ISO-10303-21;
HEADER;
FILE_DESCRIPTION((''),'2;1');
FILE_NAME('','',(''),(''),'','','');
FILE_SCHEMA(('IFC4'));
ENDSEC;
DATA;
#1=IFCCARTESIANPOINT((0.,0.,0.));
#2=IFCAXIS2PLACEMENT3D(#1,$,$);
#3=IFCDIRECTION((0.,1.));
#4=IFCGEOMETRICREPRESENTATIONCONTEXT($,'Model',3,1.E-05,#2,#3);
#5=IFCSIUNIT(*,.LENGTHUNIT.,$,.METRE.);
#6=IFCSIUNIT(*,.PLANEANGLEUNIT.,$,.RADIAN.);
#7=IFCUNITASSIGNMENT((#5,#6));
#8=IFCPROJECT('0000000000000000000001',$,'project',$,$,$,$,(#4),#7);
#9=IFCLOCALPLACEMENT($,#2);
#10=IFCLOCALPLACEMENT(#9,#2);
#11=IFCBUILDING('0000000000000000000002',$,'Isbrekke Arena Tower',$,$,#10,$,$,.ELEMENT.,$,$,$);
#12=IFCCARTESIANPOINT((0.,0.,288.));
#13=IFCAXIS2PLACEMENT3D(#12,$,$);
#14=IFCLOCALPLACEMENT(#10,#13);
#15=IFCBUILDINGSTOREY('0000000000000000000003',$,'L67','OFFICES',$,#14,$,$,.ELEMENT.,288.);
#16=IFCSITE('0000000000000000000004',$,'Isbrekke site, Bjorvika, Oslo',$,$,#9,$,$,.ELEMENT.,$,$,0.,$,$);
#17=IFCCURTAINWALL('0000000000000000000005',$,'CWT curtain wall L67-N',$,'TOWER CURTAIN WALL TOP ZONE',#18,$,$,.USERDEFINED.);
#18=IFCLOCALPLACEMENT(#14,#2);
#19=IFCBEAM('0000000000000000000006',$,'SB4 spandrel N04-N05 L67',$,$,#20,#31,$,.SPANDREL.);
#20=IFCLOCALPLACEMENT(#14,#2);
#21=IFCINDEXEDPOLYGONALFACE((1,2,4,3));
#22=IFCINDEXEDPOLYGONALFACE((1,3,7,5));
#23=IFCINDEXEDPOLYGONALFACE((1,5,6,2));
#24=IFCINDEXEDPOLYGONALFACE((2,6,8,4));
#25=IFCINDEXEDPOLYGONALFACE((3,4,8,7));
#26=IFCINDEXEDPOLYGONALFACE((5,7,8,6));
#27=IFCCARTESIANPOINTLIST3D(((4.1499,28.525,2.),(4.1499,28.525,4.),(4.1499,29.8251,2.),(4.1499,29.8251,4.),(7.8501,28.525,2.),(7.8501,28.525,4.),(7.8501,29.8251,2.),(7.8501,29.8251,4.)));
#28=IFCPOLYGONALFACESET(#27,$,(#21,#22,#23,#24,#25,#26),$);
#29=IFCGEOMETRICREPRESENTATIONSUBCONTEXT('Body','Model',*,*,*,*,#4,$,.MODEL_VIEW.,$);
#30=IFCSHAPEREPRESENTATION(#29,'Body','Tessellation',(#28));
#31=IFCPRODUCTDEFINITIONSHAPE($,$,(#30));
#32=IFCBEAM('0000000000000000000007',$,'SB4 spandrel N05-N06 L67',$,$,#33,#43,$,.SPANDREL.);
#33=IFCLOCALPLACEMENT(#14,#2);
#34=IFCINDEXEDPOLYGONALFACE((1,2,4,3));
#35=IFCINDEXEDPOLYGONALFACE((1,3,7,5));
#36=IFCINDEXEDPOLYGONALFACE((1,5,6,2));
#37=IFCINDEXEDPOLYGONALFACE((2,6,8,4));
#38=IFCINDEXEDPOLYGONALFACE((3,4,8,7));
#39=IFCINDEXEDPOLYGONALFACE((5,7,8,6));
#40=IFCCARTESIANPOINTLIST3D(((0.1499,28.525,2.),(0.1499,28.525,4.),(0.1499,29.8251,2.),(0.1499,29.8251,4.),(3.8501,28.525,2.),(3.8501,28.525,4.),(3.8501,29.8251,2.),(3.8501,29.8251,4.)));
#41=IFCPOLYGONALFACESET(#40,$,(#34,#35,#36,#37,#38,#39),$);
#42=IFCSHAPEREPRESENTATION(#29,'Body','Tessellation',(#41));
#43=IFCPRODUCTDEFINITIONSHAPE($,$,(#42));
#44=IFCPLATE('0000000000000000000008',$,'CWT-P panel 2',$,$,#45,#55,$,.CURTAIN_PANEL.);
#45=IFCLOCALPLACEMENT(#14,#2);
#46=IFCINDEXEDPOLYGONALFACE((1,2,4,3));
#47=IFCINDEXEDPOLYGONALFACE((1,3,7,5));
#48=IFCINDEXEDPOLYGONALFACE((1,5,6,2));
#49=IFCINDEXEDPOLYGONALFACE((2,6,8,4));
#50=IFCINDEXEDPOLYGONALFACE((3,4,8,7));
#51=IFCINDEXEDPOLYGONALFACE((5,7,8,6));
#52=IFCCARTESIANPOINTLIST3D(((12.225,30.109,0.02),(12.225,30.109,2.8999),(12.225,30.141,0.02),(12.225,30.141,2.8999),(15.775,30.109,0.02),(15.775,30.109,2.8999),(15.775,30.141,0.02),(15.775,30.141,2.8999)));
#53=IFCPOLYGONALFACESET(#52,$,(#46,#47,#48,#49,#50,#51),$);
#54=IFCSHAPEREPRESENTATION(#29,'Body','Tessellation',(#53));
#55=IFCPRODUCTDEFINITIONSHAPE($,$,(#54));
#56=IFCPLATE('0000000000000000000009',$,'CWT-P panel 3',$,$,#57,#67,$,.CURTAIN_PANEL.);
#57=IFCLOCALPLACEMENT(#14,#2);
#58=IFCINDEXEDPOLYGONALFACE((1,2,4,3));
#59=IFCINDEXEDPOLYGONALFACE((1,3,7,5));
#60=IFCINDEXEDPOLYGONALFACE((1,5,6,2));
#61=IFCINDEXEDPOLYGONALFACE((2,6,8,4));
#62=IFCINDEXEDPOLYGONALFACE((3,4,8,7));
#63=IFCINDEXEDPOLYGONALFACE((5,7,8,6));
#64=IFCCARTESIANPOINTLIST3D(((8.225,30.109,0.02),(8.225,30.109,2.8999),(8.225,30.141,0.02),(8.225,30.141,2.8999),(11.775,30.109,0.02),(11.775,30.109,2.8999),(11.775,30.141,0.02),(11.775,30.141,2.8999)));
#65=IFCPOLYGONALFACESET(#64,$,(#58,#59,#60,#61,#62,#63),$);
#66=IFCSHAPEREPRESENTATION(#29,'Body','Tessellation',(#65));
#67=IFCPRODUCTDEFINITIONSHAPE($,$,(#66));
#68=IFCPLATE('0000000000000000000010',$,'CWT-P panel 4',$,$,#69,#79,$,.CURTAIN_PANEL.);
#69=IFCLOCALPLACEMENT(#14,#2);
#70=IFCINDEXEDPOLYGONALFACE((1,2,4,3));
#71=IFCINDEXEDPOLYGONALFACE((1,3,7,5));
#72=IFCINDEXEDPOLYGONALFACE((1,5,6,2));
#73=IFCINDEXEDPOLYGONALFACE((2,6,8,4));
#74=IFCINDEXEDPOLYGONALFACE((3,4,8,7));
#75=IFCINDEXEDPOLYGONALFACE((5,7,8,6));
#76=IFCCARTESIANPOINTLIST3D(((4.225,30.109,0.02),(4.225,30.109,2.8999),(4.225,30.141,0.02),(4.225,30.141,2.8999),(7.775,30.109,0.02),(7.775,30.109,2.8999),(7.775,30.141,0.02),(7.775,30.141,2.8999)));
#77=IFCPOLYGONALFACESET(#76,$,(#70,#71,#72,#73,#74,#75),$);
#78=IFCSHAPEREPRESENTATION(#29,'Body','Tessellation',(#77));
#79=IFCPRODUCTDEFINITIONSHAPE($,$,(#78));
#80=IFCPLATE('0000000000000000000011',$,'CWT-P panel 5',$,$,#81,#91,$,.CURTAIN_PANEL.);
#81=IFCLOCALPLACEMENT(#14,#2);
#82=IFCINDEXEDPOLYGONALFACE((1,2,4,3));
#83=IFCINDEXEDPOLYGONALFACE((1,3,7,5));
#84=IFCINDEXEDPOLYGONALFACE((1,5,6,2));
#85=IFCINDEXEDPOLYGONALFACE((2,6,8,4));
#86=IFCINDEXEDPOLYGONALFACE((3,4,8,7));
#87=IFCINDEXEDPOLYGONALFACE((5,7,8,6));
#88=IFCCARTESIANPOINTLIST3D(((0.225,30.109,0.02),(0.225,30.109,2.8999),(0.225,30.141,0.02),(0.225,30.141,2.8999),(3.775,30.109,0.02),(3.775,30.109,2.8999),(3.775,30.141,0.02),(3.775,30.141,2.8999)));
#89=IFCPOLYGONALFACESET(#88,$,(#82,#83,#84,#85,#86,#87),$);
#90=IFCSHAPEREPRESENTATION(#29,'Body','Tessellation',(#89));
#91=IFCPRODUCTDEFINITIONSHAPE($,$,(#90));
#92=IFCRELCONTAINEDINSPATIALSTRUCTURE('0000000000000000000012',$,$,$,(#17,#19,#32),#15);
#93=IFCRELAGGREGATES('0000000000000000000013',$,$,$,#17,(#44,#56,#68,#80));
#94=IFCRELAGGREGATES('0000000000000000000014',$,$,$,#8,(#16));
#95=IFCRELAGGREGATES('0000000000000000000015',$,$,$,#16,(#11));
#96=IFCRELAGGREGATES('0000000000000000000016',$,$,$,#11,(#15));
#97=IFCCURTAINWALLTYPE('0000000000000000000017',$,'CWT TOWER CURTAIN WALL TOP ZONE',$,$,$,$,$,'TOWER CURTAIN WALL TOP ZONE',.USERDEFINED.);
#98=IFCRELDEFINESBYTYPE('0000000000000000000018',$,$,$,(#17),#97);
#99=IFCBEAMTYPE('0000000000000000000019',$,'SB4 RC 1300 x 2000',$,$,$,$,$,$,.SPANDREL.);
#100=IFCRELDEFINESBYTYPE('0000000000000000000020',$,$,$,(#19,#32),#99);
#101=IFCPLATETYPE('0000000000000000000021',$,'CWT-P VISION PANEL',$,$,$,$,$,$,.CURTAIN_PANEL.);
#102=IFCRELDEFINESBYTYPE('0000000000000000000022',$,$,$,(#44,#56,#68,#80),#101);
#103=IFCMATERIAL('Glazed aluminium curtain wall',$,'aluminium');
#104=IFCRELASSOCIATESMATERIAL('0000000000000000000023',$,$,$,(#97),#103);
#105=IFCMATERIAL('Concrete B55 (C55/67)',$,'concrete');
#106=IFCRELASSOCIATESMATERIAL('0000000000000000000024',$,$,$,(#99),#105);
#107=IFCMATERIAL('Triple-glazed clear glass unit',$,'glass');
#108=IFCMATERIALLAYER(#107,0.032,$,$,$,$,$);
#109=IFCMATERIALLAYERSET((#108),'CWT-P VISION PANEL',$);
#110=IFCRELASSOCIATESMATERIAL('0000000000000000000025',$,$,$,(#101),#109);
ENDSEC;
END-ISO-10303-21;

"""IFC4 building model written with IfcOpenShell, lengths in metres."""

from ifc_helpers import new_model, si_unit, direction, frame, origin, origin_2d, place, context, subcontext, project, spatial, rectangle, extrude, material, layer, layer_set, material_profile, profile_set, type_object, element, aggregate, save


model = new_model("IFC4")

# Units and contexts
model_context = context("Model", 3, precision=1e-05, world=origin(), true_north=direction((0.0, 1.0)))
body_context = subcontext(model_context, "Body", "Model", "MODEL_VIEW")
ifc_project = project(units=[si_unit("LENGTHUNIT", "METRE"), si_unit("PLANEANGLEUNIT", "RADIAN")], contexts=[model_context])

# Site, building, storey
site_placement = place(None, origin())
site = spatial("IfcSite", under=ifc_project, at=site_placement, Name="Isbrekke site, Bjorvika, Oslo", CompositionType="ELEMENT", RefElevation=0.0)
building_placement = place(site_placement, origin())
building = spatial("IfcBuilding", under=site, at=building_placement, Name="Isbrekke Arena Tower", CompositionType="ELEMENT")
storey_placement = place(building_placement, frame((0.0, 0.0, 288.0)))
storey = spatial("IfcBuildingStorey", under=building, at=storey_placement, Name="L67", Description="OFFICES", CompositionType="ELEMENT", Elevation=288.0)

# Curtain wall
ifc_material_1 = material(Name="Glazed aluminium curtain wall", Category="aluminium")
curtain_wall_type = type_object("IfcCurtainWallType", Name="CWT TOWER CURTAIN WALL TOP ZONE", ElementType="TOWER CURTAIN WALL TOP ZONE", PredefinedType="USERDEFINED", material=ifc_material_1)
curtain_wall_placement = place(storey_placement, origin())
curtain_wall = element("IfcCurtainWall", 1, at=curtain_wall_placement, inside=storey, type_object=curtain_wall_type, Name="CWT curtain wall L67-N", ObjectType="TOWER CURTAIN WALL TOP ZONE", PredefinedType="USERDEFINED")

# Beams
ifc_material_2 = material(Name="Concrete B55 (C55/67)", Category="concrete")
ifc_material_profile_1 = material_profile(ifc_material_2, rectangle(XDim=1.3, YDim=2.0, at=origin_2d()), Name="RC 1300x2000")
ifc_profile_set_1 = profile_set([ifc_material_profile_1], Name="Concrete B55 (C55/67)")
beam_type = type_object("IfcBeamType", Name="SB4 RC 1300 x 2000", PredefinedType="SPANDREL", material=ifc_profile_set_1)
for number, where, z_axis, x_axis, name in (
    (2, (7.8501, 29.175, 3.0), (-1.0, 0.0, 0.0), (0.0, -1.0, 0.0), "SB4 spandrel N04-N05 L67"),
    (3, (3.8501, 29.175, 3.0), (-1.0, 0.0, 0.0), (0.0, -1.0, 0.0), "SB4 spandrel N05-N06 L67"),
):
    element("IfcBeam", number, at=place(storey_placement, frame(where, z_axis=z_axis, x_axis=x_axis)), inside=storey, type_object=beam_type, Name=name, PredefinedType="SPANDREL", context=body_context, shape_type="SweptSolid", body=[
        extrude(rectangle(XDim=1.3, YDim=2.0, at=origin_2d()), origin(), (0.0, 0.0, 1.0), 3.7002),
    ])

# Plates
ifc_material_3 = material(Name="Triple-glazed clear glass unit", Category="glass")
ifc_layer = layer(ifc_material_3, 0.032)
ifc_layer_set = layer_set([ifc_layer], Name="CWT-P VISION PANEL")
plate_type = type_object("IfcPlateType", Name="CWT-P VISION PANEL", PredefinedType="CURTAIN_PANEL", material=ifc_layer_set)
plate_1_placement = place(storey_placement, frame((14.0, 30.125, 0.02), z_axis=(0.0, 0.0, 1.0), x_axis=(-1.0, 0.0, 0.0)))
plate_1 = element("IfcPlate", 4, at=plate_1_placement, type_object=plate_type, Name="CWT-P panel 2", PredefinedType="CURTAIN_PANEL", context=body_context, shape_type="SweptSolid", body=[
    extrude(rectangle(XDim=3.55, YDim=0.032, at=origin_2d()), origin(), (0.0, 0.0, 1.0), 2.8799),
])
plate_2_placement = place(storey_placement, frame((10.0, 30.125, 0.02), z_axis=(0.0, 0.0, 1.0), x_axis=(-1.0, 0.0, 0.0)))
plate_2 = element("IfcPlate", 5, at=plate_2_placement, type_object=plate_type, Name="CWT-P panel 3", PredefinedType="CURTAIN_PANEL", context=body_context, shape_type="SweptSolid", body=[
    extrude(rectangle(XDim=3.55, YDim=0.032, at=origin_2d()), origin(), (0.0, 0.0, 1.0), 2.8799),
])
plate_3_placement = place(storey_placement, frame((6.0, 30.125, 0.02), z_axis=(0.0, 0.0, 1.0), x_axis=(-1.0, 0.0, 0.0)))
plate_3 = element("IfcPlate", 6, at=plate_3_placement, type_object=plate_type, Name="CWT-P panel 4", PredefinedType="CURTAIN_PANEL", context=body_context, shape_type="SweptSolid", body=[
    extrude(rectangle(XDim=3.55, YDim=0.032, at=origin_2d()), origin(), (0.0, 0.0, 1.0), 2.8799),
])
plate_4_placement = place(storey_placement, frame((2.0, 30.125, 0.02), z_axis=(0.0, 0.0, 1.0), x_axis=(-1.0, 0.0, 0.0)))
plate_4 = element("IfcPlate", 7, at=plate_4_placement, type_object=plate_type, Name="CWT-P panel 5", PredefinedType="CURTAIN_PANEL", context=body_context, shape_type="SweptSolid", body=[
    extrude(rectangle(XDim=3.55, YDim=0.032, at=origin_2d()), origin(), (0.0, 0.0, 1.0), 2.8799),
])
aggregate(curtain_wall, [plate_1, plate_2, plate_3, plate_4])

save(model, "model.ifc")
